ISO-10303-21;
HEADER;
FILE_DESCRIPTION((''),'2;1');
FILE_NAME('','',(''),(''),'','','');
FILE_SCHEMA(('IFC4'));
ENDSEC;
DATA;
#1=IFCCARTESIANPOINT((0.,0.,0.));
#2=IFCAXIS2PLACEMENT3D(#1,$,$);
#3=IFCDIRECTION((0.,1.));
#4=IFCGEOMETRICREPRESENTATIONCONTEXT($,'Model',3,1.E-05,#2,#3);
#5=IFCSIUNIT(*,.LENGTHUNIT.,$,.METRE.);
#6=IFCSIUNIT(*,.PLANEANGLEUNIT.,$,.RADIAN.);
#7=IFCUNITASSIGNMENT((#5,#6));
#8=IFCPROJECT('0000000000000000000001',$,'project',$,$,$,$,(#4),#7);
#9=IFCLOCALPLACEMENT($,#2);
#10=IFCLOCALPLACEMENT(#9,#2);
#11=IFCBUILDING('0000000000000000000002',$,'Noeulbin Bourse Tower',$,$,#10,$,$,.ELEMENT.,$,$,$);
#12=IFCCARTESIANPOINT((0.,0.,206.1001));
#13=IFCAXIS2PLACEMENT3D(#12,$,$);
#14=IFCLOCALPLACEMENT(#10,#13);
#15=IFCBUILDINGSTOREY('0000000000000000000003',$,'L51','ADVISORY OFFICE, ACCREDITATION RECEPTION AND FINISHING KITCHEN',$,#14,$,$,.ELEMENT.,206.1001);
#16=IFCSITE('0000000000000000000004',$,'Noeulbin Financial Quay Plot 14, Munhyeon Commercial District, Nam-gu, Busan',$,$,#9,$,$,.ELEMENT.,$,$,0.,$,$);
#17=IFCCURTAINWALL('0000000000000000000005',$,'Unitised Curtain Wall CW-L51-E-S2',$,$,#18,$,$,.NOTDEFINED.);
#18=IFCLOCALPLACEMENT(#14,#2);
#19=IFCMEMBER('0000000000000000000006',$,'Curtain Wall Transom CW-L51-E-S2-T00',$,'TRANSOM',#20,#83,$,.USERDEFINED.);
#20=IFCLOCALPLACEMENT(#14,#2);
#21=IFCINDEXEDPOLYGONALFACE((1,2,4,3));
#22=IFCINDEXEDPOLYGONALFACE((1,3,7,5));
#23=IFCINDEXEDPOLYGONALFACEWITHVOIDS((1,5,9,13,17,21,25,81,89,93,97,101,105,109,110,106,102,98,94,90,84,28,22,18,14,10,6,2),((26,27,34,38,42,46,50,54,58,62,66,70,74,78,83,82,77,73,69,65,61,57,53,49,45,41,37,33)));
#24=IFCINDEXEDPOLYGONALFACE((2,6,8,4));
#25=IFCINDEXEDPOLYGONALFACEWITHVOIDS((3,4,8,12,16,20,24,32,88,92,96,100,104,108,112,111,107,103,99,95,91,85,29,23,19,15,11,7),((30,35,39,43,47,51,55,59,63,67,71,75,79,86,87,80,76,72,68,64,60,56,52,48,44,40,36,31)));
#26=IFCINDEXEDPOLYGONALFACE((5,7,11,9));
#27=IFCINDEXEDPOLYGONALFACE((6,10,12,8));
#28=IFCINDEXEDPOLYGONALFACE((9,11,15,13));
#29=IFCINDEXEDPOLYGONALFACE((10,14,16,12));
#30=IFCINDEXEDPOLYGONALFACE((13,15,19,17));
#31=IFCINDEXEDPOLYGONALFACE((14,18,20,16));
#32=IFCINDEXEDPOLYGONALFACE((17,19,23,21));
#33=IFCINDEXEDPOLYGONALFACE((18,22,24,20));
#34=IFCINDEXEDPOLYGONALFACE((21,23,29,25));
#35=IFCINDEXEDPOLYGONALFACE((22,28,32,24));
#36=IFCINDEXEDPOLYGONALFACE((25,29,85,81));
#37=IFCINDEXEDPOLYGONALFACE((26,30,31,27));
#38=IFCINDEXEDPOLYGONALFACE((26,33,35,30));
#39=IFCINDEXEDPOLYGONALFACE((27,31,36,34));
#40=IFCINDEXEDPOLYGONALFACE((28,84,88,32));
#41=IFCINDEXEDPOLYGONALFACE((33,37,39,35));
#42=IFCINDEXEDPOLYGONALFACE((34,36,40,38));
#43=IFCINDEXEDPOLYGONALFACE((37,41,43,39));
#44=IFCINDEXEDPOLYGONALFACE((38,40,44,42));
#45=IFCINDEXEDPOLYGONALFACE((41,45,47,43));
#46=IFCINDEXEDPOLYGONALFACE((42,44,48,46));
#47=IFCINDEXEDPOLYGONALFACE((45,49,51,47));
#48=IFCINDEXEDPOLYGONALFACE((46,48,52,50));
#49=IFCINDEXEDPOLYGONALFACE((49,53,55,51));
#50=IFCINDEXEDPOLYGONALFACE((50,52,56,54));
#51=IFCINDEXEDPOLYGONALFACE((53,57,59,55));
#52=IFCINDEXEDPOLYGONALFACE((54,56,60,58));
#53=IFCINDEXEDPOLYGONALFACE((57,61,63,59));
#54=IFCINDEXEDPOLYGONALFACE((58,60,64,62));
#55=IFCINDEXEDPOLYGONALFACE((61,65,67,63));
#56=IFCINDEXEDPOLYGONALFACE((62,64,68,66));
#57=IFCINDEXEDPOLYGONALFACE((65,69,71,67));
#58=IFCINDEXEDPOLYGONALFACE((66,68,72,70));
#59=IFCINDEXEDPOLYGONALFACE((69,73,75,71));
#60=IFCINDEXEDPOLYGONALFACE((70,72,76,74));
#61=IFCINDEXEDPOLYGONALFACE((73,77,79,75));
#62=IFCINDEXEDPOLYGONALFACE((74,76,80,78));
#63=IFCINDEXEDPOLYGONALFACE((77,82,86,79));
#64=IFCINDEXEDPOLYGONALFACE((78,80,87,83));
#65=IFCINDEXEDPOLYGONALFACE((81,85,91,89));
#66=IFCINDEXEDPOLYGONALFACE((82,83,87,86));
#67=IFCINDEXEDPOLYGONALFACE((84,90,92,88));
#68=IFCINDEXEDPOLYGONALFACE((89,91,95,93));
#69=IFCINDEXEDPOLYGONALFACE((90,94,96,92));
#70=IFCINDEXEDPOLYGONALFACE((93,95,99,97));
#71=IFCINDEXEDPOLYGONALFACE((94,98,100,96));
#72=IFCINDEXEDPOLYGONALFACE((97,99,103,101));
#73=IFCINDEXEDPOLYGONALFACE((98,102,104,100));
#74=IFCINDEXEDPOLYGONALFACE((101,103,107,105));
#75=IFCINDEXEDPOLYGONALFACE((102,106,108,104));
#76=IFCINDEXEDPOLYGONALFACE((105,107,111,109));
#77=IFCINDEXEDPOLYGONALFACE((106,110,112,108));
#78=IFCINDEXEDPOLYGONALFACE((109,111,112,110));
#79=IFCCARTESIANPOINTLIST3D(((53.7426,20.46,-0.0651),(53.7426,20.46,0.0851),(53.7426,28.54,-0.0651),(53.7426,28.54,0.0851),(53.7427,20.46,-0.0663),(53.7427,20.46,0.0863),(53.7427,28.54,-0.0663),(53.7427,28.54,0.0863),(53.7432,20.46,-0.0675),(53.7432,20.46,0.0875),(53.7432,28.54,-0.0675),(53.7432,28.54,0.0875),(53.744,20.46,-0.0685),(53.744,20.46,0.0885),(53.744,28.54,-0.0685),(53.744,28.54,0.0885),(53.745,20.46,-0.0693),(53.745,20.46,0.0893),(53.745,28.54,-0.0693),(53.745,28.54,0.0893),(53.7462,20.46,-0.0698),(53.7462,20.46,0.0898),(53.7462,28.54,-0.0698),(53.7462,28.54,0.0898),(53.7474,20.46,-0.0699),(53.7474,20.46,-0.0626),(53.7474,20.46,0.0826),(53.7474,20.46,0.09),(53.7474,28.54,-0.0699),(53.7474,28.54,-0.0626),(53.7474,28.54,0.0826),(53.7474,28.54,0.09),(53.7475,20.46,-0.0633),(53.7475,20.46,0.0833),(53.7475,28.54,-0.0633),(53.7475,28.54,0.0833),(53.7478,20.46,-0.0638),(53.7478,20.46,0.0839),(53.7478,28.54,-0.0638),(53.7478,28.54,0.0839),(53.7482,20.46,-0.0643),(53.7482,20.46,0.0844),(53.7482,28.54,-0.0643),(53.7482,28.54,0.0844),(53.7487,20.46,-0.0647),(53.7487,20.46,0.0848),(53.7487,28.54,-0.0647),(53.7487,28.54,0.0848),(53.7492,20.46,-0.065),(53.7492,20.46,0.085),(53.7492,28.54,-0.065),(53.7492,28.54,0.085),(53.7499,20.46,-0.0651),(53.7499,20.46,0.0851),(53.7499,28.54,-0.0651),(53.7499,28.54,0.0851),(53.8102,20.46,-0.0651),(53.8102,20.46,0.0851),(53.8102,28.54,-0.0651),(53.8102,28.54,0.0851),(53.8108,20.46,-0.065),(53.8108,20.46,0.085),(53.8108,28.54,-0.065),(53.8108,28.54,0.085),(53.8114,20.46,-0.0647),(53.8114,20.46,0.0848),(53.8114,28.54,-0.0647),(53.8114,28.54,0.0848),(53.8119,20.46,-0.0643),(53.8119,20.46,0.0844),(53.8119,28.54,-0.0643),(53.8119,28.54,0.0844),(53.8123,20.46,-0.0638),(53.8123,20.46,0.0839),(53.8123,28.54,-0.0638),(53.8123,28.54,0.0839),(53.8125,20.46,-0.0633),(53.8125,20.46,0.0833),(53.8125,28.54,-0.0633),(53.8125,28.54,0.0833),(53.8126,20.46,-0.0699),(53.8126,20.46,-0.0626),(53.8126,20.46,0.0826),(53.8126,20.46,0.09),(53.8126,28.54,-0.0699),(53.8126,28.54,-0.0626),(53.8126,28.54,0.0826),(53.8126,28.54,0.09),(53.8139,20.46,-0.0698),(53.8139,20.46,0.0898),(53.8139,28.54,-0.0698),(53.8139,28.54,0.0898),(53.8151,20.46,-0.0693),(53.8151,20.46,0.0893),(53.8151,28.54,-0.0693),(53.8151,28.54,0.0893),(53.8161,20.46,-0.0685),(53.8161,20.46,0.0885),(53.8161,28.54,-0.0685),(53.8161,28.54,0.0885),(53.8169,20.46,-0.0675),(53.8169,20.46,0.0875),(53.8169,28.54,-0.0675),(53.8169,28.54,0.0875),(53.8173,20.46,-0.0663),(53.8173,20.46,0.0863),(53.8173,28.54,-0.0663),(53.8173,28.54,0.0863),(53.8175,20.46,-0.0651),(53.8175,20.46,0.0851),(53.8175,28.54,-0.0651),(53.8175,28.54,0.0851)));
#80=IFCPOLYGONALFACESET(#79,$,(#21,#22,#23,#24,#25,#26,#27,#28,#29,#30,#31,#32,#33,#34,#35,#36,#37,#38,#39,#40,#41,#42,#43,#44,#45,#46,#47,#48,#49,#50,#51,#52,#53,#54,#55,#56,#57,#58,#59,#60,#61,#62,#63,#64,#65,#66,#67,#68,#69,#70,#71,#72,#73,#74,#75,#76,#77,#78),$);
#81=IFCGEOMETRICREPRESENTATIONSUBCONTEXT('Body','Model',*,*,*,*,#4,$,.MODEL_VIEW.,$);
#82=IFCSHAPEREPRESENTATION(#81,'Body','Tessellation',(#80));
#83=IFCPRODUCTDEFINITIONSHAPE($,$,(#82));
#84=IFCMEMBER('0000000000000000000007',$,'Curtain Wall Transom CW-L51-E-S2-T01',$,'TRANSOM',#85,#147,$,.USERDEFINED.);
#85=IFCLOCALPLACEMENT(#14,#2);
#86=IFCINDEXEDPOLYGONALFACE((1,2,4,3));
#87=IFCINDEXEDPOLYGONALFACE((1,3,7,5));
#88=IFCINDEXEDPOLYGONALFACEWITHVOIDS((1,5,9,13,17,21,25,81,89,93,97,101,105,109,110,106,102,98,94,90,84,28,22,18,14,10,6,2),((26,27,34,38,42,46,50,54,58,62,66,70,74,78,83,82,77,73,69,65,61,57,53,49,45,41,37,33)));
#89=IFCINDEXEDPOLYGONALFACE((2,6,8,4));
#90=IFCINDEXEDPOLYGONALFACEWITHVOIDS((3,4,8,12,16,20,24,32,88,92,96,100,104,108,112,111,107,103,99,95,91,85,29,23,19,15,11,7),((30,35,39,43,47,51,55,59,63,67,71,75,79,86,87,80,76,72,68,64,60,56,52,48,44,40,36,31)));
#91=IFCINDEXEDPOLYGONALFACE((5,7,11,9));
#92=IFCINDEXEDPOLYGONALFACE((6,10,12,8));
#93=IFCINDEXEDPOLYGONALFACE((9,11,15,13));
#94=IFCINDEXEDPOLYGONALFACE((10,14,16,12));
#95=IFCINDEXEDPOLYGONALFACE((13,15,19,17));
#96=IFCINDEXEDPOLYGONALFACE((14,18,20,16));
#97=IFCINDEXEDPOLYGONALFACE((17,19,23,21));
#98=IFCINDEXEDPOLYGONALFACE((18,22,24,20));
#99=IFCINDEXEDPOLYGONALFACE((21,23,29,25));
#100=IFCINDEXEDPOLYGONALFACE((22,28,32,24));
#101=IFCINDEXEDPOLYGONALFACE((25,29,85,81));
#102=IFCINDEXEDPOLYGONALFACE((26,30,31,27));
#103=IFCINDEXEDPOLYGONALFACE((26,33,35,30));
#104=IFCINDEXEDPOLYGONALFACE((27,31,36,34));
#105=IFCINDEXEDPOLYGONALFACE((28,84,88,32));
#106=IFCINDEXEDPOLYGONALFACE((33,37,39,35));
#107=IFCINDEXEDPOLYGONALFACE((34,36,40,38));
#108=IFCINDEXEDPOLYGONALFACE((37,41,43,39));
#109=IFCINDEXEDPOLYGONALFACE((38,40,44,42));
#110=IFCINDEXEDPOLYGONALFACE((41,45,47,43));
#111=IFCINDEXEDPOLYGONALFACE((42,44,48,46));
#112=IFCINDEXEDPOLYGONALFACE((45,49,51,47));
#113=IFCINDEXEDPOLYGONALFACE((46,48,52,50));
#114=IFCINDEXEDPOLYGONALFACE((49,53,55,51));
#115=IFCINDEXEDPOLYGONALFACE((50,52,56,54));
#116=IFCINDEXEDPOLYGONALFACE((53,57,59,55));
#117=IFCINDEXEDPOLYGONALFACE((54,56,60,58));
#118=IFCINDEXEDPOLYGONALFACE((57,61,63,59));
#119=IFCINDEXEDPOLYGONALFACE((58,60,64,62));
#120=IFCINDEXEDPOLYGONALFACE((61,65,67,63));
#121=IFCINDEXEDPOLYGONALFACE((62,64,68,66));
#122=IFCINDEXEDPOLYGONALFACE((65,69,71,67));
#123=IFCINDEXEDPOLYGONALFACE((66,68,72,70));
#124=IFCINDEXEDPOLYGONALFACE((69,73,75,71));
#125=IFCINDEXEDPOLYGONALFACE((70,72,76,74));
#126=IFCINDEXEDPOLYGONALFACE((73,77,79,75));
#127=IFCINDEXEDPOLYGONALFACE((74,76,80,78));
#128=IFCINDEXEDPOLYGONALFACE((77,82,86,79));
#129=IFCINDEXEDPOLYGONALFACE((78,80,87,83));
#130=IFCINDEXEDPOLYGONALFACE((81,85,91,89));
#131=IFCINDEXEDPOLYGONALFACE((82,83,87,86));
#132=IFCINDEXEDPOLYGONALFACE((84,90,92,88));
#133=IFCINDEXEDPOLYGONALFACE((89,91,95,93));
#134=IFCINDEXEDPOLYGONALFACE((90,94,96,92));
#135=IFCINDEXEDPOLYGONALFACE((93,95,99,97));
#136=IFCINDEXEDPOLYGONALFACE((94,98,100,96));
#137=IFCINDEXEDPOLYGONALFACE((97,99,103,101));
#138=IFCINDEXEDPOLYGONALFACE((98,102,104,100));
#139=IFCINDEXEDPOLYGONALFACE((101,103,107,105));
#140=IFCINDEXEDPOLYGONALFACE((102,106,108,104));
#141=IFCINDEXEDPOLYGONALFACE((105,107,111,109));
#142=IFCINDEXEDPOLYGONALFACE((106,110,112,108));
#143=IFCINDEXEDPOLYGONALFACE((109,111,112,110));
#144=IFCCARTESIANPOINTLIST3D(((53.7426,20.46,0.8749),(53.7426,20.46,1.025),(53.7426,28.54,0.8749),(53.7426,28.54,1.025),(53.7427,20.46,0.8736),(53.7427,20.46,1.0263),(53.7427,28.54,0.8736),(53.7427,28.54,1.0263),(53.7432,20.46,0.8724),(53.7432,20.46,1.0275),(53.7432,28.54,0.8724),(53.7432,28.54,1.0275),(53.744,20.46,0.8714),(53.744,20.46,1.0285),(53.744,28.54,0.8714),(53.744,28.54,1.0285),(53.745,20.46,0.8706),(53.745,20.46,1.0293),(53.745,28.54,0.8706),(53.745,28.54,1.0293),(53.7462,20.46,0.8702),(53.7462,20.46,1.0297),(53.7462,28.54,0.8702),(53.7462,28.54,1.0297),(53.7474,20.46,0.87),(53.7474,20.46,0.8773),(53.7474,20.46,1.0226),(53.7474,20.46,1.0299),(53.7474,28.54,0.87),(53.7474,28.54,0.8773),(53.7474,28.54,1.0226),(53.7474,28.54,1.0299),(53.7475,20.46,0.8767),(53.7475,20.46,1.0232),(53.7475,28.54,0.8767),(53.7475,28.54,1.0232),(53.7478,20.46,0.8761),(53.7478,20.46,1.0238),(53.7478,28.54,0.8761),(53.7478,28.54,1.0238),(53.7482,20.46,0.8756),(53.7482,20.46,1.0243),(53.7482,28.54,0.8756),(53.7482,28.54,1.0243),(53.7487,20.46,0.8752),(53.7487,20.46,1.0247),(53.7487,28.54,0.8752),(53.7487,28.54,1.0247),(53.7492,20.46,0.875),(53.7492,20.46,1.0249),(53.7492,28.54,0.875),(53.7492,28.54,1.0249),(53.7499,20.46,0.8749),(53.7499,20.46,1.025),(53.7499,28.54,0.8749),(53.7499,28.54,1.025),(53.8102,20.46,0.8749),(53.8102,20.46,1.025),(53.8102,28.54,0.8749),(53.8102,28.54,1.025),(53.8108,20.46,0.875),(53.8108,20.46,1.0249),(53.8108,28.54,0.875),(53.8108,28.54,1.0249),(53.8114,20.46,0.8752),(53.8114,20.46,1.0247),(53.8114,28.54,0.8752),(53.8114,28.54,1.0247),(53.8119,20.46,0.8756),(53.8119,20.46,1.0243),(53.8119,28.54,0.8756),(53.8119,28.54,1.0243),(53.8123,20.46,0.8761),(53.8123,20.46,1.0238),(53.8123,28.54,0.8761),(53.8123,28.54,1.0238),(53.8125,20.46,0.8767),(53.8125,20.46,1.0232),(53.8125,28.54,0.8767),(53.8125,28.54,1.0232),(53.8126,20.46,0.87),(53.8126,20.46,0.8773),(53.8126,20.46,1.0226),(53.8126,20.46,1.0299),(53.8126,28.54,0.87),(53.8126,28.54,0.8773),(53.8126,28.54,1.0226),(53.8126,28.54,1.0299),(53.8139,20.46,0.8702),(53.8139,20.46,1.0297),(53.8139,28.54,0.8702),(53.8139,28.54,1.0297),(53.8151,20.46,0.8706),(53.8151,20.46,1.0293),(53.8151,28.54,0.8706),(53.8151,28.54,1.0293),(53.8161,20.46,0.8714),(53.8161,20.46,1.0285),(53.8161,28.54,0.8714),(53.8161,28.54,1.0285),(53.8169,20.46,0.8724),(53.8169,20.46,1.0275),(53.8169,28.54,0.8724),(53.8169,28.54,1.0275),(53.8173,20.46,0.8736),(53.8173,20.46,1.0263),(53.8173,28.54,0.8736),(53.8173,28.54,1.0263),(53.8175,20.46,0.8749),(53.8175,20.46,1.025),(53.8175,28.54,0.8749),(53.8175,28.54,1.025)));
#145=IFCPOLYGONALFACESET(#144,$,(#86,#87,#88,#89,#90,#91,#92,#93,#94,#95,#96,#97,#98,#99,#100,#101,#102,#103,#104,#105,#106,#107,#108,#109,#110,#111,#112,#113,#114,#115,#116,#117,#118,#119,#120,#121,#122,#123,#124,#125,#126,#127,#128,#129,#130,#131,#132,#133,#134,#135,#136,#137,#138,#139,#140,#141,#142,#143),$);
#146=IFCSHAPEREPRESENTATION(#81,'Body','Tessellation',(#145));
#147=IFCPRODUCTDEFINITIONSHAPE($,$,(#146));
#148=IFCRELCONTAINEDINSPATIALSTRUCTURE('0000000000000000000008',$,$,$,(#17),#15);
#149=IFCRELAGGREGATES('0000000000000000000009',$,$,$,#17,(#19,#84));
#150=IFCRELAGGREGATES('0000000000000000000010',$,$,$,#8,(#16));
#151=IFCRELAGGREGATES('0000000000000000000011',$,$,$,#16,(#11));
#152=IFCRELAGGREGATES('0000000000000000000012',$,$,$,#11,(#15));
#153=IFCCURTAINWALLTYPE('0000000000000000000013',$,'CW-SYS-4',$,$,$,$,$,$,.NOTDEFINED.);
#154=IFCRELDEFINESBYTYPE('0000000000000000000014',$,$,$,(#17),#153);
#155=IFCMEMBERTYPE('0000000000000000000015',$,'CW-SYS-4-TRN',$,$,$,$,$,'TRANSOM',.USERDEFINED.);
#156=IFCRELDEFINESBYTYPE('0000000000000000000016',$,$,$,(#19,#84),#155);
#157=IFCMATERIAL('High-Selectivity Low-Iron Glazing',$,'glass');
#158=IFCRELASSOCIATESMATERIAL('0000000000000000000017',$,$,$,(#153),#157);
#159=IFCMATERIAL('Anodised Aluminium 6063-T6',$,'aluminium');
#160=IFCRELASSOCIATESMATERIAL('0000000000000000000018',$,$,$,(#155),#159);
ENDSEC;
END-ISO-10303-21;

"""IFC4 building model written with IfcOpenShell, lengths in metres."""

from ifc_helpers import new_model, si_unit, direction, frame, origin, origin_2d, place, context, subcontext, project, spatial, hollow_rectangle, extrude, material, material_profile, profile_set, type_object, element, aggregate, save


model = new_model("IFC4")

# Units and contexts
model_context = context("Model", 3, precision=1e-05, world=origin(), true_north=direction((0.0, 1.0)))
body_context = subcontext(model_context, "Body", "Model", "MODEL_VIEW")
ifc_project = project(units=[si_unit("LENGTHUNIT", "METRE"), si_unit("PLANEANGLEUNIT", "RADIAN")], contexts=[model_context])

# Site, building, storey
site_placement = place(None, origin())
site = spatial("IfcSite", under=ifc_project, at=site_placement, Name="Noeulbin Financial Quay Plot 14, Munhyeon Commercial District, Nam-gu, Busan", CompositionType="ELEMENT", RefElevation=0.0)
building_placement = place(site_placement, origin())
building = spatial("IfcBuilding", under=site, at=building_placement, Name="Noeulbin Bourse Tower", CompositionType="ELEMENT")
storey_placement = place(building_placement, frame((0.0, 0.0, 206.1001)))
storey = spatial("IfcBuildingStorey", under=building, at=storey_placement, Name="L51", Description="ADVISORY OFFICE, ACCREDITATION RECEPTION AND FINISHING KITCHEN", CompositionType="ELEMENT", Elevation=206.1001)

# Curtain wall
ifc_material_1 = material(Name="High-Selectivity Low-Iron Glazing", Category="glass")
curtain_wall_type = type_object("IfcCurtainWallType", Name="CW-SYS-4", PredefinedType="NOTDEFINED", material=ifc_material_1)
curtain_wall_1_placement = place(storey_placement, origin())
curtain_wall_1 = element("IfcCurtainWall", 1, at=curtain_wall_1_placement, inside=storey, type_object=curtain_wall_type, Name="Unitised Curtain Wall CW-L51-E-S2", PredefinedType="NOTDEFINED")
ifc_material_2 = material(Name="Anodised Aluminium 6063-T6", Category="aluminium")

# Members
ifc_material_profile_1 = material_profile(ifc_material_2, hollow_rectangle(XDim=0.075, YDim=0.1599, WallThickness=0.0049, InnerFilletRadius=0.0024, OuterFilletRadius=0.0049, at=origin_2d()), Name="ALU-TRAN-75x160x5", Category="LoadBearing")
ifc_profile_set_1 = profile_set([ifc_material_profile_1], Name="Anodised Aluminium 6063-T6")
member_type_1 = type_object("IfcMemberType", Name="CW-SYS-4-TRN", ElementType="TRANSOM", PredefinedType="USERDEFINED", material=ifc_profile_set_1)
member_1_placement = place(storey_placement, frame((53.78, 20.46, 0.01), z_axis=(0.0, 1.0, 0.0), x_axis=(-1.0, 0.0, 0.0)))
member_1 = element("IfcMember", 2, at=member_1_placement, type_object=member_type_1, Name="Curtain Wall Transom CW-L51-E-S2-T00", ObjectType="TRANSOM", PredefinedType="USERDEFINED", context=body_context, shape_type="SweptSolid", body=[
    extrude(hollow_rectangle(XDim=0.075, YDim=0.1599, WallThickness=0.0049, InnerFilletRadius=0.0024, OuterFilletRadius=0.0049, at=origin_2d()), origin(), (0.0, 0.0, 1.0), 8.0801),
])
member_2_placement = place(storey_placement, frame((53.78, 20.46, 0.95), z_axis=(0.0, 1.0, 0.0), x_axis=(-1.0, 0.0, 0.0)))
member_2 = element("IfcMember", 3, at=member_2_placement, type_object=member_type_1, Name="Curtain Wall Transom CW-L51-E-S2-T01", ObjectType="TRANSOM", PredefinedType="USERDEFINED", context=body_context, shape_type="SweptSolid", body=[
    extrude(hollow_rectangle(XDim=0.075, YDim=0.1599, WallThickness=0.0049, InnerFilletRadius=0.0024, OuterFilletRadius=0.0049, at=origin_2d()), origin(), (0.0, 0.0, 1.0), 8.0801),
])

aggregate(curtain_wall_1, [member_1, member_2])

save(model, "model.ifc")
